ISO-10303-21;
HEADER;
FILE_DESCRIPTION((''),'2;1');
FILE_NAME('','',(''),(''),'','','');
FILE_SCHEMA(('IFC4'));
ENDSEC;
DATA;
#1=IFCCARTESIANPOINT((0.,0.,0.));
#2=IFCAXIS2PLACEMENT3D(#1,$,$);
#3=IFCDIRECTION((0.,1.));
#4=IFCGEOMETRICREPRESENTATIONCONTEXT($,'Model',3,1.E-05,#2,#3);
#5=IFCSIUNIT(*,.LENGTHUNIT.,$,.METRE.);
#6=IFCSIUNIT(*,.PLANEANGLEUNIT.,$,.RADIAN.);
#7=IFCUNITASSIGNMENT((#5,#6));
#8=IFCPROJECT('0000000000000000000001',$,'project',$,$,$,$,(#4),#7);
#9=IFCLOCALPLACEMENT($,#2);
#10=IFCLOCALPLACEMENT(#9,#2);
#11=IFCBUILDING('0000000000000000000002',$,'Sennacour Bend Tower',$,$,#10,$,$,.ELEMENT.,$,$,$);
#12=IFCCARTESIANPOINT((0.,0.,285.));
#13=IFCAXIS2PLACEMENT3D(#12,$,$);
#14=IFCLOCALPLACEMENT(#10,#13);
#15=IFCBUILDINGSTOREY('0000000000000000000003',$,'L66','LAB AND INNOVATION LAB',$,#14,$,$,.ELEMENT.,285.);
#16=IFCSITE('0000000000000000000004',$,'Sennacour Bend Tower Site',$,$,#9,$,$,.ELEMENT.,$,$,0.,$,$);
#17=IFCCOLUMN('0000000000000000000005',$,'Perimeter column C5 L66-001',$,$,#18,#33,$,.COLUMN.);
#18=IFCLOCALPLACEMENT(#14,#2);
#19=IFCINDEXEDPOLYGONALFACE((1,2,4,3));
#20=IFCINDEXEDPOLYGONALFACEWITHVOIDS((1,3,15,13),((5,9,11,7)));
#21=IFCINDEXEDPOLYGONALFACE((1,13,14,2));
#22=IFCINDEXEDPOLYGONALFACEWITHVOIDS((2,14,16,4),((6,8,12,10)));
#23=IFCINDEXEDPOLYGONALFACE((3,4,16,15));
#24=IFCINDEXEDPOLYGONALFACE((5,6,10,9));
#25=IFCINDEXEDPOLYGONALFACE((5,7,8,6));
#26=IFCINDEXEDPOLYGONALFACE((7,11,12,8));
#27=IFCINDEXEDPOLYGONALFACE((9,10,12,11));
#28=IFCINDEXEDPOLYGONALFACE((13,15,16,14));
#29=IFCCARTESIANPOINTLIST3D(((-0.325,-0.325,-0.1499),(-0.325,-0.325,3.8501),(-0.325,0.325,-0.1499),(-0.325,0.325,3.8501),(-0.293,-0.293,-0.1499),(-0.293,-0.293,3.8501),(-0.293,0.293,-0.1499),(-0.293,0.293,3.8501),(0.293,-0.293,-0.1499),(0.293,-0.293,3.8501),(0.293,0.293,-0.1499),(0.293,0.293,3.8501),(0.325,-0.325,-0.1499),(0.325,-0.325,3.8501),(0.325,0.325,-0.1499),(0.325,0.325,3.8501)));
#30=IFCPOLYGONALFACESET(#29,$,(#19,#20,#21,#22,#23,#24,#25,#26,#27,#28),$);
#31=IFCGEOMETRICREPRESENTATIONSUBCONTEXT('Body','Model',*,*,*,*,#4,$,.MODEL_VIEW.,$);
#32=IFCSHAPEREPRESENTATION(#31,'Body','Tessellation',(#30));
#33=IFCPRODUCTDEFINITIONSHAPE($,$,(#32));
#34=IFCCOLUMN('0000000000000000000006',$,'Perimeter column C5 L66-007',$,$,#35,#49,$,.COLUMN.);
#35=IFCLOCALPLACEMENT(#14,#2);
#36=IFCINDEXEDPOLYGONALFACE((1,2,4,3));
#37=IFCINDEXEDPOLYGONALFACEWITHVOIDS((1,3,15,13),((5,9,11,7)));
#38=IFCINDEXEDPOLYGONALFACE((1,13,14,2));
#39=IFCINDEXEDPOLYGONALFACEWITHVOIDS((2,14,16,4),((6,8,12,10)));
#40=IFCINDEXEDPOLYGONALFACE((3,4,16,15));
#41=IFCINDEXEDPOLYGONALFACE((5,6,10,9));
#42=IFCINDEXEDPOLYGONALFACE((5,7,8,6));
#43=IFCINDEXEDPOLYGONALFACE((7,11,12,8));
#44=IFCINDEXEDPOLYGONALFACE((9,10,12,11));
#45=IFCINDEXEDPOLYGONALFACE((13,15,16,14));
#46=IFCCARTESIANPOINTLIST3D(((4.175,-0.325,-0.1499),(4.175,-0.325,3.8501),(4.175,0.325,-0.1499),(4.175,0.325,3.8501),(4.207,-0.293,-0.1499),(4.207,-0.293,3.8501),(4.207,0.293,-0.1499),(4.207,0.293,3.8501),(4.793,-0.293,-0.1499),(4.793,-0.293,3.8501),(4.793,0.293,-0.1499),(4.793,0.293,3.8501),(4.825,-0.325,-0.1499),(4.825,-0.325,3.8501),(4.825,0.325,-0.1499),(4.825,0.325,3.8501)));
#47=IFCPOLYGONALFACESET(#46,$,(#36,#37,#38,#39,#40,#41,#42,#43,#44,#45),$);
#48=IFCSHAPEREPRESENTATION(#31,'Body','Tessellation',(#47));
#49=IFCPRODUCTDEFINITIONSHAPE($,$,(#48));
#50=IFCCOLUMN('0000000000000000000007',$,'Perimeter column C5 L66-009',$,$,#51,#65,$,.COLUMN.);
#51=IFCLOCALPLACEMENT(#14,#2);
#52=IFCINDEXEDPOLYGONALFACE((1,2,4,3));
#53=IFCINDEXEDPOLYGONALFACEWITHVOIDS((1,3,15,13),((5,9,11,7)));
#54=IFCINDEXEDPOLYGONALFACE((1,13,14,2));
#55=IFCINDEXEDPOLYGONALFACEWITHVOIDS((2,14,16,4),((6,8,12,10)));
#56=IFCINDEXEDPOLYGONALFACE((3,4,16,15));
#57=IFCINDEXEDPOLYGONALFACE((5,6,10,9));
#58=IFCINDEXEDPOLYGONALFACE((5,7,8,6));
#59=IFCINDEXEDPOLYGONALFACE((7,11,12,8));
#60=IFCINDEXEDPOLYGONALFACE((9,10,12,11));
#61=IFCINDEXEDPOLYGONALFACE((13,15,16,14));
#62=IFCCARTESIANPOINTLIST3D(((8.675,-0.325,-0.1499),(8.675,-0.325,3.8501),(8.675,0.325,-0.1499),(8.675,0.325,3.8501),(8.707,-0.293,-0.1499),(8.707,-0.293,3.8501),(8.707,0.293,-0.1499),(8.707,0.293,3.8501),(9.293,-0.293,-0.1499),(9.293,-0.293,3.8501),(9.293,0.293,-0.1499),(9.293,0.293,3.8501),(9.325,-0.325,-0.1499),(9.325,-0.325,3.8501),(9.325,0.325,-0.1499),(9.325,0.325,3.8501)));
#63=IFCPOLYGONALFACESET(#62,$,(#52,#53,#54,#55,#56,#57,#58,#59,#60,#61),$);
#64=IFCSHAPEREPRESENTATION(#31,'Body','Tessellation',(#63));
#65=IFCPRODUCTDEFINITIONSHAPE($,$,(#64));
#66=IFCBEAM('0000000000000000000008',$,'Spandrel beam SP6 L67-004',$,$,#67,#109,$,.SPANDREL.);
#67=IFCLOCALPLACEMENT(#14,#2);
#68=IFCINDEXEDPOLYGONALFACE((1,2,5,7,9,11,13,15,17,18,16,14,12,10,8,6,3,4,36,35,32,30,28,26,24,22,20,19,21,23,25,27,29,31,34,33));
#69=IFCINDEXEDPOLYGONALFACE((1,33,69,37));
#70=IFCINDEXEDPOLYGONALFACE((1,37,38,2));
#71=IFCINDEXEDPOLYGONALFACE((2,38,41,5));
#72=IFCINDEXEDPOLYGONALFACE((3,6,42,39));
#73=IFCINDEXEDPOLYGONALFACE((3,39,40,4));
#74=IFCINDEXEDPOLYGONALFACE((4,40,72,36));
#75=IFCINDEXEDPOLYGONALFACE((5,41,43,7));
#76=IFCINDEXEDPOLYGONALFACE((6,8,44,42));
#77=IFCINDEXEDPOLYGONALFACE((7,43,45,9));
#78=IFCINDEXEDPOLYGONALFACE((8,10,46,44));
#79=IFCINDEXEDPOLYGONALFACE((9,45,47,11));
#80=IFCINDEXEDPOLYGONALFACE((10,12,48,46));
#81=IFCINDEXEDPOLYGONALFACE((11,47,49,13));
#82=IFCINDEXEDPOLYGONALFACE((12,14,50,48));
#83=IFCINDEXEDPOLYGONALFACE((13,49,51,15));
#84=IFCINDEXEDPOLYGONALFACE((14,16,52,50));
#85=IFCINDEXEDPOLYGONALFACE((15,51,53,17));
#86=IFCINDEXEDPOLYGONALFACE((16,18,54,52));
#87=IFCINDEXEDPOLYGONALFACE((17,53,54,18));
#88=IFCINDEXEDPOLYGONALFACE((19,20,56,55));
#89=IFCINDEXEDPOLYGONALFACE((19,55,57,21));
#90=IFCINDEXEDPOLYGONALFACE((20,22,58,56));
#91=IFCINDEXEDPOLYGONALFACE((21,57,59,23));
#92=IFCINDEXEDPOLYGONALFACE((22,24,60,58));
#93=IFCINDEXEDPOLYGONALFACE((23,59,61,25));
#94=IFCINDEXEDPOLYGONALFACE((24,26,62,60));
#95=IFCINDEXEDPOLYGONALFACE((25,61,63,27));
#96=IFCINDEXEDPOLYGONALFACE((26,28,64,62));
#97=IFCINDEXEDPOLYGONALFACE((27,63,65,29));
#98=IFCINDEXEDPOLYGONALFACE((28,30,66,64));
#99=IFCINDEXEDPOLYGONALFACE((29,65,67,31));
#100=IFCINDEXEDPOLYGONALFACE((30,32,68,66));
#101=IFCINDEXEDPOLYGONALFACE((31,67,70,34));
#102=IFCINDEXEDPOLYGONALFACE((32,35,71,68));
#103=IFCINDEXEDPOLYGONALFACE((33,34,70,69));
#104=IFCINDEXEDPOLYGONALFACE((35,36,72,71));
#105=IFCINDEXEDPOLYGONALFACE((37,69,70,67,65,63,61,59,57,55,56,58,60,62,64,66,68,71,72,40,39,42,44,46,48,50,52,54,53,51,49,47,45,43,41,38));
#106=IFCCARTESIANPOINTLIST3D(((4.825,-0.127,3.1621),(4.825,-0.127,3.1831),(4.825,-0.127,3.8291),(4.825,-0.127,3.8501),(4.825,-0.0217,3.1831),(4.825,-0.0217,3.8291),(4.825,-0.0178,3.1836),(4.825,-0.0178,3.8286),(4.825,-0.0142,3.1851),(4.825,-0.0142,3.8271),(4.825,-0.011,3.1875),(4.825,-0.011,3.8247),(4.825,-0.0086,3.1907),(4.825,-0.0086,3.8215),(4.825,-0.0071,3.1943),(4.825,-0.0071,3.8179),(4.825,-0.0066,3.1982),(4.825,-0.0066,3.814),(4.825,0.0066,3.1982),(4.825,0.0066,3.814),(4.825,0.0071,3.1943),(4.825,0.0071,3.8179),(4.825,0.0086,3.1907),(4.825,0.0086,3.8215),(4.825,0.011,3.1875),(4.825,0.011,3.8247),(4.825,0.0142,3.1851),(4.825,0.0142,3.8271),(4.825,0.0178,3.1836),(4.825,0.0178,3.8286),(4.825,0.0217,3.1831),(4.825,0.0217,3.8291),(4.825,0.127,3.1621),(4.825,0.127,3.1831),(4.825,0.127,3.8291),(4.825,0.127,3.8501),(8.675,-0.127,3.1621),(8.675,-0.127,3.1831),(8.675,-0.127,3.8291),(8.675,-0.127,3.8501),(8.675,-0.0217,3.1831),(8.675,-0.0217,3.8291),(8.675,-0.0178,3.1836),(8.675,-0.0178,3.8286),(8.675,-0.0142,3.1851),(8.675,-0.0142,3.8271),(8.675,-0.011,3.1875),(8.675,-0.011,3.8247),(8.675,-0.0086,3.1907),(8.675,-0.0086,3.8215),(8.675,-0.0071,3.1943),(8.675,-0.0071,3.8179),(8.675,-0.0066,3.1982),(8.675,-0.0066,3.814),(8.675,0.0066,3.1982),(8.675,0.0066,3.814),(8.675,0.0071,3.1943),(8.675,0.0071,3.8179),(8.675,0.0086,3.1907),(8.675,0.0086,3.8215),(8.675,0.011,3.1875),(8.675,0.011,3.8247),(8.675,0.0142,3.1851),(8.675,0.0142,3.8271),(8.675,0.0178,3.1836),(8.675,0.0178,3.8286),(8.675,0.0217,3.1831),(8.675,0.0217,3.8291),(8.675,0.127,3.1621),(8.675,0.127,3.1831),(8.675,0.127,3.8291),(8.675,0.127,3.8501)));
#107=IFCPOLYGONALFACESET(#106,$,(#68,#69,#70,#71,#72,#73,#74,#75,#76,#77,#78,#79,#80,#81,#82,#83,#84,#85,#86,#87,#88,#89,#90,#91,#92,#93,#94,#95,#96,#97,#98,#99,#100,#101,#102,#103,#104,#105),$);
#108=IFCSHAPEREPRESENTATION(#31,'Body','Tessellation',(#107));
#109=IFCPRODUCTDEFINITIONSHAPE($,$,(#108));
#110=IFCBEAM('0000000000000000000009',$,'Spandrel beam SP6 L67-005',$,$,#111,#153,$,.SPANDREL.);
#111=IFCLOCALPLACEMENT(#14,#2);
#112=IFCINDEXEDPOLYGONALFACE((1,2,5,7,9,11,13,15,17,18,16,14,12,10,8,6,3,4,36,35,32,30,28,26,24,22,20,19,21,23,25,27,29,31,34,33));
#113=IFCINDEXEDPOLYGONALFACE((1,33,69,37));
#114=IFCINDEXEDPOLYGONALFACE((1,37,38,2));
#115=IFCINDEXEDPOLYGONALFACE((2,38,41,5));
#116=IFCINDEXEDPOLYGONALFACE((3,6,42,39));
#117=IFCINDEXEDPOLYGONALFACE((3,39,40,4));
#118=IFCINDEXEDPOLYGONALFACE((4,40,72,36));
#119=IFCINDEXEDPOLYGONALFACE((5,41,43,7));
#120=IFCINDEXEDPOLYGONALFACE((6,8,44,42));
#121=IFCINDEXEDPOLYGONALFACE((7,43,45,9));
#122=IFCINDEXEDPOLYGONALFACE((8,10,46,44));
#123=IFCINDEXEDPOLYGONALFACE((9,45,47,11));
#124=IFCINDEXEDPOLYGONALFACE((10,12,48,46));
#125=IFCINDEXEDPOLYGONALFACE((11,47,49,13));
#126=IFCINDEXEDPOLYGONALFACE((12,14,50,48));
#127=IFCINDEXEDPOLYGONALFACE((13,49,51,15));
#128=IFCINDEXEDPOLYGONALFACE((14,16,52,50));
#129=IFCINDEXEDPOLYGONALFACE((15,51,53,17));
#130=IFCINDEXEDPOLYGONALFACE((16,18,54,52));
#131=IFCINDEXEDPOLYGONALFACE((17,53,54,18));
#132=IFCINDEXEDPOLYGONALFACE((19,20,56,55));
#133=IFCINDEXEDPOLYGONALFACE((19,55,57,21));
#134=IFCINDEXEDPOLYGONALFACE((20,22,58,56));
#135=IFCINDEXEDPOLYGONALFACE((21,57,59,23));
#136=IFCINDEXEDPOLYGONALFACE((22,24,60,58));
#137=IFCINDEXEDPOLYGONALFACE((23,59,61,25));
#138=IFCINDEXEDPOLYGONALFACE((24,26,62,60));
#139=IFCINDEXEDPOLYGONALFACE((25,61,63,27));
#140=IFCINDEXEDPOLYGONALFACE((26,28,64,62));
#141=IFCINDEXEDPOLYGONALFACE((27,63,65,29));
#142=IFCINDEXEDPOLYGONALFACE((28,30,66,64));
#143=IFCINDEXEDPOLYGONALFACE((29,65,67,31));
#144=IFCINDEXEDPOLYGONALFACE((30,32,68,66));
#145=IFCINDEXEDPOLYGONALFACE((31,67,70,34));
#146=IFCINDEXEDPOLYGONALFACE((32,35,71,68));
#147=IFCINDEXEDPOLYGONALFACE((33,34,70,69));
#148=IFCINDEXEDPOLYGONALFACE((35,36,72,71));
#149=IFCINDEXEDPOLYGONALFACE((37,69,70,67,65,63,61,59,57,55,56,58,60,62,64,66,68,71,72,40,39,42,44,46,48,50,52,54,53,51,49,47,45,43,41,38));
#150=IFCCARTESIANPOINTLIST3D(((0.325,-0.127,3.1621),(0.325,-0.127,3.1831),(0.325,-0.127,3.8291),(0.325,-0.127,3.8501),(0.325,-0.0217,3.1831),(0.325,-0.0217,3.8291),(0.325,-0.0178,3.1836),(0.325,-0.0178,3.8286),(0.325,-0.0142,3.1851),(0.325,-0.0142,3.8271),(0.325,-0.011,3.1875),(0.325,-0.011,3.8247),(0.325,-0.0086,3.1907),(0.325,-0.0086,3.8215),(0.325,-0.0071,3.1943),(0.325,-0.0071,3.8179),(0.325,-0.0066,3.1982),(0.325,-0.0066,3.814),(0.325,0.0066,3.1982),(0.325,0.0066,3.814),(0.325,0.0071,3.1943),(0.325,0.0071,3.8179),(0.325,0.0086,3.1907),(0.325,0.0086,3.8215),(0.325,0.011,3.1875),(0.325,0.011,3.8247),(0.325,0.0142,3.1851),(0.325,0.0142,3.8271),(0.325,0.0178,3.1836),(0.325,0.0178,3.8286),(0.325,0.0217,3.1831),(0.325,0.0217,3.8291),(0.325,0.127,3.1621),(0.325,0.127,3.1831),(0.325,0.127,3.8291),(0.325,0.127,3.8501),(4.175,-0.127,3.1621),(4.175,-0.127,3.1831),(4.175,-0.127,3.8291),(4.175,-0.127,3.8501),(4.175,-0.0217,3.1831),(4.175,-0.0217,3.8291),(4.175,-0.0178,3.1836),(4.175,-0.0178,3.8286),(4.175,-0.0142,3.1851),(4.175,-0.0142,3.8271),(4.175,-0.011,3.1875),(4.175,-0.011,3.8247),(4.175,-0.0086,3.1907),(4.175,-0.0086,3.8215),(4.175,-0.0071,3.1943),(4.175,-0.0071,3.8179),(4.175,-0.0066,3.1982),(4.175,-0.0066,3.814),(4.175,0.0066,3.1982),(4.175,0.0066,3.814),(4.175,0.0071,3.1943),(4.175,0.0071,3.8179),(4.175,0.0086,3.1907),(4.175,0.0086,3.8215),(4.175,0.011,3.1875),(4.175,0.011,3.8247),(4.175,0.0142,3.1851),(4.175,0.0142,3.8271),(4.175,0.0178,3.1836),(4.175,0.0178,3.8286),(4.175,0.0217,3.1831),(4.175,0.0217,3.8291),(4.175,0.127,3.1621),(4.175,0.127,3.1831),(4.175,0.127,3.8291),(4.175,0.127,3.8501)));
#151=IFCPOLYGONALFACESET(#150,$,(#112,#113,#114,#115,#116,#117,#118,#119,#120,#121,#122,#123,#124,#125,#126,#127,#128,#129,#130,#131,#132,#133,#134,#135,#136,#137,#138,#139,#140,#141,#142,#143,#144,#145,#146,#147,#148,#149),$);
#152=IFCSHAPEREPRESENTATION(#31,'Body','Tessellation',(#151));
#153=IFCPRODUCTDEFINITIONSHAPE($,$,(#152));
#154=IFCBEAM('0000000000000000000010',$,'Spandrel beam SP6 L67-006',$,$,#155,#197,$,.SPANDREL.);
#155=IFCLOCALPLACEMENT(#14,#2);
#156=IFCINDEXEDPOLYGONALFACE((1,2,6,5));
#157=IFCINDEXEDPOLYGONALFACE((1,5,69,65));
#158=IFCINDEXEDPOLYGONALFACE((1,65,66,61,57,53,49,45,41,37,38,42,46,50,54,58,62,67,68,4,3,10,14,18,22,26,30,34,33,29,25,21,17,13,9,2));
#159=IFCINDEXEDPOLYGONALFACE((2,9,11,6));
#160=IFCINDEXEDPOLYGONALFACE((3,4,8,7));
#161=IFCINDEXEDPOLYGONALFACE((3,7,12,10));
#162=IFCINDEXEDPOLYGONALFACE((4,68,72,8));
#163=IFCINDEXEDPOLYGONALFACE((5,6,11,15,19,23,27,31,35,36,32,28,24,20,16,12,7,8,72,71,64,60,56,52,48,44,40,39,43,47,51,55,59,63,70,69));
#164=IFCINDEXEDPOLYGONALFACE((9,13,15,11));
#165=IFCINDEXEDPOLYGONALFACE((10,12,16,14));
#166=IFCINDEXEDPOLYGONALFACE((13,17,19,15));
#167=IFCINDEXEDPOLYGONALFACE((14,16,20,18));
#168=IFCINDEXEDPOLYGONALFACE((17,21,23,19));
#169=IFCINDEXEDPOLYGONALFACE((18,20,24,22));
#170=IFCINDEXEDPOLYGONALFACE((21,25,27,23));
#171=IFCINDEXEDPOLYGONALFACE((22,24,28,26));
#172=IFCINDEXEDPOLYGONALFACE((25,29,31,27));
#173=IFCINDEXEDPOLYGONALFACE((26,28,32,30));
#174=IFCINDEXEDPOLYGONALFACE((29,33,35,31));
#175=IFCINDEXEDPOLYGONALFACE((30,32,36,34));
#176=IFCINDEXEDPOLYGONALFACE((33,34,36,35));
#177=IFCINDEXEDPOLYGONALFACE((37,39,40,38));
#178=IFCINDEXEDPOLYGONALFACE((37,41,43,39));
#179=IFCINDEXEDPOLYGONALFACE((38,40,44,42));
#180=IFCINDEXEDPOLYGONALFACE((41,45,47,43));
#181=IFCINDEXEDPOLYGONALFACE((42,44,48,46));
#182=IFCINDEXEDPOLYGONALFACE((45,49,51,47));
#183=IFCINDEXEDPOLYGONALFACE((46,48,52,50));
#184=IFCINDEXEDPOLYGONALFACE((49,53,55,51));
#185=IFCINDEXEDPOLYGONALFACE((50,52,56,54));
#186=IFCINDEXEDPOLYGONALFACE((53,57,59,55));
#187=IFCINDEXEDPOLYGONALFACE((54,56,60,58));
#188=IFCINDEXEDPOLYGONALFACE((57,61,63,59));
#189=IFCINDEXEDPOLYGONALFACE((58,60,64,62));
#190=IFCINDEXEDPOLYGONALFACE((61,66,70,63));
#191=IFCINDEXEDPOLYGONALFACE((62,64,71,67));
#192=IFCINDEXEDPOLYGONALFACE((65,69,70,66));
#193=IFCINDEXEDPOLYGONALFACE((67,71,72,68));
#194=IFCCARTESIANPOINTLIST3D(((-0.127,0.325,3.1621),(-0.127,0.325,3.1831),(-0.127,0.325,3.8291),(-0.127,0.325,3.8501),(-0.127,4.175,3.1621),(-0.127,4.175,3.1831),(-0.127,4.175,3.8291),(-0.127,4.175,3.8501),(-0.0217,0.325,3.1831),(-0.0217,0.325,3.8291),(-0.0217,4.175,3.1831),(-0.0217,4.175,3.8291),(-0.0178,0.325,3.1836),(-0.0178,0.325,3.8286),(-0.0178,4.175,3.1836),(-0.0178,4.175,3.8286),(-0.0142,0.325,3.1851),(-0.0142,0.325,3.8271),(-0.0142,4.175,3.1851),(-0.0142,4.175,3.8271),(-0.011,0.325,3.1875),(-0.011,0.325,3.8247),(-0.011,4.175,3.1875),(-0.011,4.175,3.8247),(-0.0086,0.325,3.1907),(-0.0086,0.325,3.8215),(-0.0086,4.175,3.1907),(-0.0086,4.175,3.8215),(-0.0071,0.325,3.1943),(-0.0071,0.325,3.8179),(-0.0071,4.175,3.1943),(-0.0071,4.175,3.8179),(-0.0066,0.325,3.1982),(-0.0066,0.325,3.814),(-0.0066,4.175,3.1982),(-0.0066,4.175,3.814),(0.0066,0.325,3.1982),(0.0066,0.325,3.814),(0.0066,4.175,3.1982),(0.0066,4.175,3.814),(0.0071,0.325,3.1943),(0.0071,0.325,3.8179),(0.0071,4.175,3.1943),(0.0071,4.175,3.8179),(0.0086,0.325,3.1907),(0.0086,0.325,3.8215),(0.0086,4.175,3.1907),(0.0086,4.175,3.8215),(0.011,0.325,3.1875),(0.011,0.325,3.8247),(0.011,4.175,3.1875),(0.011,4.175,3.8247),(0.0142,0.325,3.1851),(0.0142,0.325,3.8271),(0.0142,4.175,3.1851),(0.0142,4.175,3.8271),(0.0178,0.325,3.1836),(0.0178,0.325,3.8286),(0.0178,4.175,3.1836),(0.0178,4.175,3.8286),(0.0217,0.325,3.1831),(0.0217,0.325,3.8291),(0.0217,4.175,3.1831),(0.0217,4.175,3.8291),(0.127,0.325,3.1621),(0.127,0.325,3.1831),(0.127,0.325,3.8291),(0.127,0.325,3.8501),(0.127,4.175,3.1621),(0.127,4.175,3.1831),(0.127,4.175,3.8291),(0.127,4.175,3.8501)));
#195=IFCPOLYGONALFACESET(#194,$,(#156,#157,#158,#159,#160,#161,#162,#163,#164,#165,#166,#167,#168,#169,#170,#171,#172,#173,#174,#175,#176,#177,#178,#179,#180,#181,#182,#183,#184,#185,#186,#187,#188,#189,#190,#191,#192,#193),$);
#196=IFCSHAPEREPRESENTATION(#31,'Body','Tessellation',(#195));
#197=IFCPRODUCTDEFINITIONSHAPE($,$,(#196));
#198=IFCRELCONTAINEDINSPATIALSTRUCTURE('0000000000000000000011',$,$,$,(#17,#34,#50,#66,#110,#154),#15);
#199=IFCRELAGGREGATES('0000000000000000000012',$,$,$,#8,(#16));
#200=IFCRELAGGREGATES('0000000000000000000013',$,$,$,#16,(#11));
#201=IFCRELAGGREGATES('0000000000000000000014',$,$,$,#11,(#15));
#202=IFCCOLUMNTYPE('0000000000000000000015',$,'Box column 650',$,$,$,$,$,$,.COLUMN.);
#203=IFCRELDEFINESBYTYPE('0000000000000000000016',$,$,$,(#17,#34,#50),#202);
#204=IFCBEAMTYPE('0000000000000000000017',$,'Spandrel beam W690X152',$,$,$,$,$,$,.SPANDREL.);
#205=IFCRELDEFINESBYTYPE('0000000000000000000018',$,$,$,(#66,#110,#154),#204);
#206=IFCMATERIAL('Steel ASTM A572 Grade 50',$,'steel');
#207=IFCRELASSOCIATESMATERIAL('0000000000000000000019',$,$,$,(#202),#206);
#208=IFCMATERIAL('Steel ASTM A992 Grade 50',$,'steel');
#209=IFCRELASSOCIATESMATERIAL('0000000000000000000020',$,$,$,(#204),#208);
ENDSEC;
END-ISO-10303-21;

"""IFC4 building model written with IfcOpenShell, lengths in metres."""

from ifc_helpers import new_model, si_unit, direction, frame, origin, origin_2d, place, context, subcontext, project, spatial, hollow_rectangle, i_section, extrude, material, material_profile, profile_set, type_object, element, save


model = new_model("IFC4")

# Units and contexts
model_context = context("Model", 3, precision=1e-05, world=origin(), true_north=direction((0.0, 1.0)))
body_context = subcontext(model_context, "Body", "Model", "MODEL_VIEW")
ifc_project = project(units=[si_unit("LENGTHUNIT", "METRE"), si_unit("PLANEANGLEUNIT", "RADIAN")], contexts=[model_context])

# Site, building, storey
site_placement = place(None, origin())
site = spatial("IfcSite", under=ifc_project, at=site_placement, Name="Sennacour Bend Tower Site", CompositionType="ELEMENT", RefElevation=0.0)
building_placement = place(site_placement, origin())
building = spatial("IfcBuilding", under=site, at=building_placement, Name="Sennacour Bend Tower", CompositionType="ELEMENT")
storey_placement = place(building_placement, frame((0.0, 0.0, 285.0)))
storey = spatial("IfcBuildingStorey", under=building, at=storey_placement, Name="L66", Description="LAB AND INNOVATION LAB", CompositionType="ELEMENT", Elevation=285.0)

# Columns
ifc_material_1 = material(Name="Steel ASTM A572 Grade 50", Category="steel")
ifc_material_profile_1 = material_profile(ifc_material_1, hollow_rectangle(XDim=0.6499, YDim=0.6499, WallThickness=0.032, at=origin_2d()), Name="Steel ASTM A572 Grade 50", Category="steel")
ifc_profile_set_1 = profile_set([ifc_material_profile_1], Name="Steel ASTM A572 Grade 50")
column_type = type_object("IfcColumnType", Name="Box column 650", PredefinedType="COLUMN", material=ifc_profile_set_1)
for number, where, z_axis, x_axis, name in (
    (1, (0.0, 0.0, -0.1499), (0.0, 0.0, 1.0), (1.0, 0.0, 0.0), "Perimeter column C5 L66-001"),
    (2, (4.5, 0.0, -0.1499), (0.0, 0.0, 1.0), (1.0, 0.0, 0.0), "Perimeter column C5 L66-007"),
    (3, (9.0, 0.0, -0.1499), (0.0, 0.0, 1.0), (1.0, 0.0, 0.0), "Perimeter column C5 L66-009"),
):
    element("IfcColumn", number, at=place(storey_placement, frame(where, z_axis=z_axis, x_axis=x_axis)), inside=storey, type_object=column_type, Name=name, PredefinedType="COLUMN", context=body_context, shape_type="SweptSolid", body=[
        extrude(hollow_rectangle(XDim=0.6499, YDim=0.6499, WallThickness=0.032, at=origin_2d()), origin(), (0.0, 0.0, 1.0), 4.0),
    ])

# Beams
ifc_material_2 = material(Name="Steel ASTM A992 Grade 50", Category="steel")
ifc_material_profile_2 = material_profile(ifc_material_2, i_section(OverallWidth=0.2539, OverallDepth=0.688, WebThickness=0.0132, FlangeThickness=0.021, FilletRadius=0.0151, at=origin_2d()), Name="Steel ASTM A992 Grade 50", Category="steel")
ifc_profile_set_2 = profile_set([ifc_material_profile_2], Name="Steel ASTM A992 Grade 50")
beam_type = type_object("IfcBeamType", Name="Spandrel beam W690X152", PredefinedType="SPANDREL", material=ifc_profile_set_2)
for number, where, z_axis, x_axis, name in (
    (4, (8.675, 0.0, 3.5061), (-1.0, 0.0, 0.0), (0.0, -1.0, 0.0), "Spandrel beam SP6 L67-004"),
    (5, (4.175, 0.0, 3.5061), (-1.0, 0.0, 0.0), (0.0, -1.0, 0.0), "Spandrel beam SP6 L67-005"),
    (6, (0.0, 0.325, 3.5061), (0.0, 1.0, 0.0), (-1.0, 0.0, 0.0), "Spandrel beam SP6 L67-006"),
):
    element("IfcBeam", number, at=place(storey_placement, frame(where, z_axis=z_axis, x_axis=x_axis)), inside=storey, type_object=beam_type, Name=name, PredefinedType="SPANDREL", context=body_context, shape_type="SweptSolid", body=[
        extrude(i_section(OverallWidth=0.2539, OverallDepth=0.688, WebThickness=0.0132, FlangeThickness=0.021, FilletRadius=0.0151, at=origin_2d()), origin(), (0.0, 0.0, 1.0), 3.8501),
    ])

save(model, "model.ifc")
